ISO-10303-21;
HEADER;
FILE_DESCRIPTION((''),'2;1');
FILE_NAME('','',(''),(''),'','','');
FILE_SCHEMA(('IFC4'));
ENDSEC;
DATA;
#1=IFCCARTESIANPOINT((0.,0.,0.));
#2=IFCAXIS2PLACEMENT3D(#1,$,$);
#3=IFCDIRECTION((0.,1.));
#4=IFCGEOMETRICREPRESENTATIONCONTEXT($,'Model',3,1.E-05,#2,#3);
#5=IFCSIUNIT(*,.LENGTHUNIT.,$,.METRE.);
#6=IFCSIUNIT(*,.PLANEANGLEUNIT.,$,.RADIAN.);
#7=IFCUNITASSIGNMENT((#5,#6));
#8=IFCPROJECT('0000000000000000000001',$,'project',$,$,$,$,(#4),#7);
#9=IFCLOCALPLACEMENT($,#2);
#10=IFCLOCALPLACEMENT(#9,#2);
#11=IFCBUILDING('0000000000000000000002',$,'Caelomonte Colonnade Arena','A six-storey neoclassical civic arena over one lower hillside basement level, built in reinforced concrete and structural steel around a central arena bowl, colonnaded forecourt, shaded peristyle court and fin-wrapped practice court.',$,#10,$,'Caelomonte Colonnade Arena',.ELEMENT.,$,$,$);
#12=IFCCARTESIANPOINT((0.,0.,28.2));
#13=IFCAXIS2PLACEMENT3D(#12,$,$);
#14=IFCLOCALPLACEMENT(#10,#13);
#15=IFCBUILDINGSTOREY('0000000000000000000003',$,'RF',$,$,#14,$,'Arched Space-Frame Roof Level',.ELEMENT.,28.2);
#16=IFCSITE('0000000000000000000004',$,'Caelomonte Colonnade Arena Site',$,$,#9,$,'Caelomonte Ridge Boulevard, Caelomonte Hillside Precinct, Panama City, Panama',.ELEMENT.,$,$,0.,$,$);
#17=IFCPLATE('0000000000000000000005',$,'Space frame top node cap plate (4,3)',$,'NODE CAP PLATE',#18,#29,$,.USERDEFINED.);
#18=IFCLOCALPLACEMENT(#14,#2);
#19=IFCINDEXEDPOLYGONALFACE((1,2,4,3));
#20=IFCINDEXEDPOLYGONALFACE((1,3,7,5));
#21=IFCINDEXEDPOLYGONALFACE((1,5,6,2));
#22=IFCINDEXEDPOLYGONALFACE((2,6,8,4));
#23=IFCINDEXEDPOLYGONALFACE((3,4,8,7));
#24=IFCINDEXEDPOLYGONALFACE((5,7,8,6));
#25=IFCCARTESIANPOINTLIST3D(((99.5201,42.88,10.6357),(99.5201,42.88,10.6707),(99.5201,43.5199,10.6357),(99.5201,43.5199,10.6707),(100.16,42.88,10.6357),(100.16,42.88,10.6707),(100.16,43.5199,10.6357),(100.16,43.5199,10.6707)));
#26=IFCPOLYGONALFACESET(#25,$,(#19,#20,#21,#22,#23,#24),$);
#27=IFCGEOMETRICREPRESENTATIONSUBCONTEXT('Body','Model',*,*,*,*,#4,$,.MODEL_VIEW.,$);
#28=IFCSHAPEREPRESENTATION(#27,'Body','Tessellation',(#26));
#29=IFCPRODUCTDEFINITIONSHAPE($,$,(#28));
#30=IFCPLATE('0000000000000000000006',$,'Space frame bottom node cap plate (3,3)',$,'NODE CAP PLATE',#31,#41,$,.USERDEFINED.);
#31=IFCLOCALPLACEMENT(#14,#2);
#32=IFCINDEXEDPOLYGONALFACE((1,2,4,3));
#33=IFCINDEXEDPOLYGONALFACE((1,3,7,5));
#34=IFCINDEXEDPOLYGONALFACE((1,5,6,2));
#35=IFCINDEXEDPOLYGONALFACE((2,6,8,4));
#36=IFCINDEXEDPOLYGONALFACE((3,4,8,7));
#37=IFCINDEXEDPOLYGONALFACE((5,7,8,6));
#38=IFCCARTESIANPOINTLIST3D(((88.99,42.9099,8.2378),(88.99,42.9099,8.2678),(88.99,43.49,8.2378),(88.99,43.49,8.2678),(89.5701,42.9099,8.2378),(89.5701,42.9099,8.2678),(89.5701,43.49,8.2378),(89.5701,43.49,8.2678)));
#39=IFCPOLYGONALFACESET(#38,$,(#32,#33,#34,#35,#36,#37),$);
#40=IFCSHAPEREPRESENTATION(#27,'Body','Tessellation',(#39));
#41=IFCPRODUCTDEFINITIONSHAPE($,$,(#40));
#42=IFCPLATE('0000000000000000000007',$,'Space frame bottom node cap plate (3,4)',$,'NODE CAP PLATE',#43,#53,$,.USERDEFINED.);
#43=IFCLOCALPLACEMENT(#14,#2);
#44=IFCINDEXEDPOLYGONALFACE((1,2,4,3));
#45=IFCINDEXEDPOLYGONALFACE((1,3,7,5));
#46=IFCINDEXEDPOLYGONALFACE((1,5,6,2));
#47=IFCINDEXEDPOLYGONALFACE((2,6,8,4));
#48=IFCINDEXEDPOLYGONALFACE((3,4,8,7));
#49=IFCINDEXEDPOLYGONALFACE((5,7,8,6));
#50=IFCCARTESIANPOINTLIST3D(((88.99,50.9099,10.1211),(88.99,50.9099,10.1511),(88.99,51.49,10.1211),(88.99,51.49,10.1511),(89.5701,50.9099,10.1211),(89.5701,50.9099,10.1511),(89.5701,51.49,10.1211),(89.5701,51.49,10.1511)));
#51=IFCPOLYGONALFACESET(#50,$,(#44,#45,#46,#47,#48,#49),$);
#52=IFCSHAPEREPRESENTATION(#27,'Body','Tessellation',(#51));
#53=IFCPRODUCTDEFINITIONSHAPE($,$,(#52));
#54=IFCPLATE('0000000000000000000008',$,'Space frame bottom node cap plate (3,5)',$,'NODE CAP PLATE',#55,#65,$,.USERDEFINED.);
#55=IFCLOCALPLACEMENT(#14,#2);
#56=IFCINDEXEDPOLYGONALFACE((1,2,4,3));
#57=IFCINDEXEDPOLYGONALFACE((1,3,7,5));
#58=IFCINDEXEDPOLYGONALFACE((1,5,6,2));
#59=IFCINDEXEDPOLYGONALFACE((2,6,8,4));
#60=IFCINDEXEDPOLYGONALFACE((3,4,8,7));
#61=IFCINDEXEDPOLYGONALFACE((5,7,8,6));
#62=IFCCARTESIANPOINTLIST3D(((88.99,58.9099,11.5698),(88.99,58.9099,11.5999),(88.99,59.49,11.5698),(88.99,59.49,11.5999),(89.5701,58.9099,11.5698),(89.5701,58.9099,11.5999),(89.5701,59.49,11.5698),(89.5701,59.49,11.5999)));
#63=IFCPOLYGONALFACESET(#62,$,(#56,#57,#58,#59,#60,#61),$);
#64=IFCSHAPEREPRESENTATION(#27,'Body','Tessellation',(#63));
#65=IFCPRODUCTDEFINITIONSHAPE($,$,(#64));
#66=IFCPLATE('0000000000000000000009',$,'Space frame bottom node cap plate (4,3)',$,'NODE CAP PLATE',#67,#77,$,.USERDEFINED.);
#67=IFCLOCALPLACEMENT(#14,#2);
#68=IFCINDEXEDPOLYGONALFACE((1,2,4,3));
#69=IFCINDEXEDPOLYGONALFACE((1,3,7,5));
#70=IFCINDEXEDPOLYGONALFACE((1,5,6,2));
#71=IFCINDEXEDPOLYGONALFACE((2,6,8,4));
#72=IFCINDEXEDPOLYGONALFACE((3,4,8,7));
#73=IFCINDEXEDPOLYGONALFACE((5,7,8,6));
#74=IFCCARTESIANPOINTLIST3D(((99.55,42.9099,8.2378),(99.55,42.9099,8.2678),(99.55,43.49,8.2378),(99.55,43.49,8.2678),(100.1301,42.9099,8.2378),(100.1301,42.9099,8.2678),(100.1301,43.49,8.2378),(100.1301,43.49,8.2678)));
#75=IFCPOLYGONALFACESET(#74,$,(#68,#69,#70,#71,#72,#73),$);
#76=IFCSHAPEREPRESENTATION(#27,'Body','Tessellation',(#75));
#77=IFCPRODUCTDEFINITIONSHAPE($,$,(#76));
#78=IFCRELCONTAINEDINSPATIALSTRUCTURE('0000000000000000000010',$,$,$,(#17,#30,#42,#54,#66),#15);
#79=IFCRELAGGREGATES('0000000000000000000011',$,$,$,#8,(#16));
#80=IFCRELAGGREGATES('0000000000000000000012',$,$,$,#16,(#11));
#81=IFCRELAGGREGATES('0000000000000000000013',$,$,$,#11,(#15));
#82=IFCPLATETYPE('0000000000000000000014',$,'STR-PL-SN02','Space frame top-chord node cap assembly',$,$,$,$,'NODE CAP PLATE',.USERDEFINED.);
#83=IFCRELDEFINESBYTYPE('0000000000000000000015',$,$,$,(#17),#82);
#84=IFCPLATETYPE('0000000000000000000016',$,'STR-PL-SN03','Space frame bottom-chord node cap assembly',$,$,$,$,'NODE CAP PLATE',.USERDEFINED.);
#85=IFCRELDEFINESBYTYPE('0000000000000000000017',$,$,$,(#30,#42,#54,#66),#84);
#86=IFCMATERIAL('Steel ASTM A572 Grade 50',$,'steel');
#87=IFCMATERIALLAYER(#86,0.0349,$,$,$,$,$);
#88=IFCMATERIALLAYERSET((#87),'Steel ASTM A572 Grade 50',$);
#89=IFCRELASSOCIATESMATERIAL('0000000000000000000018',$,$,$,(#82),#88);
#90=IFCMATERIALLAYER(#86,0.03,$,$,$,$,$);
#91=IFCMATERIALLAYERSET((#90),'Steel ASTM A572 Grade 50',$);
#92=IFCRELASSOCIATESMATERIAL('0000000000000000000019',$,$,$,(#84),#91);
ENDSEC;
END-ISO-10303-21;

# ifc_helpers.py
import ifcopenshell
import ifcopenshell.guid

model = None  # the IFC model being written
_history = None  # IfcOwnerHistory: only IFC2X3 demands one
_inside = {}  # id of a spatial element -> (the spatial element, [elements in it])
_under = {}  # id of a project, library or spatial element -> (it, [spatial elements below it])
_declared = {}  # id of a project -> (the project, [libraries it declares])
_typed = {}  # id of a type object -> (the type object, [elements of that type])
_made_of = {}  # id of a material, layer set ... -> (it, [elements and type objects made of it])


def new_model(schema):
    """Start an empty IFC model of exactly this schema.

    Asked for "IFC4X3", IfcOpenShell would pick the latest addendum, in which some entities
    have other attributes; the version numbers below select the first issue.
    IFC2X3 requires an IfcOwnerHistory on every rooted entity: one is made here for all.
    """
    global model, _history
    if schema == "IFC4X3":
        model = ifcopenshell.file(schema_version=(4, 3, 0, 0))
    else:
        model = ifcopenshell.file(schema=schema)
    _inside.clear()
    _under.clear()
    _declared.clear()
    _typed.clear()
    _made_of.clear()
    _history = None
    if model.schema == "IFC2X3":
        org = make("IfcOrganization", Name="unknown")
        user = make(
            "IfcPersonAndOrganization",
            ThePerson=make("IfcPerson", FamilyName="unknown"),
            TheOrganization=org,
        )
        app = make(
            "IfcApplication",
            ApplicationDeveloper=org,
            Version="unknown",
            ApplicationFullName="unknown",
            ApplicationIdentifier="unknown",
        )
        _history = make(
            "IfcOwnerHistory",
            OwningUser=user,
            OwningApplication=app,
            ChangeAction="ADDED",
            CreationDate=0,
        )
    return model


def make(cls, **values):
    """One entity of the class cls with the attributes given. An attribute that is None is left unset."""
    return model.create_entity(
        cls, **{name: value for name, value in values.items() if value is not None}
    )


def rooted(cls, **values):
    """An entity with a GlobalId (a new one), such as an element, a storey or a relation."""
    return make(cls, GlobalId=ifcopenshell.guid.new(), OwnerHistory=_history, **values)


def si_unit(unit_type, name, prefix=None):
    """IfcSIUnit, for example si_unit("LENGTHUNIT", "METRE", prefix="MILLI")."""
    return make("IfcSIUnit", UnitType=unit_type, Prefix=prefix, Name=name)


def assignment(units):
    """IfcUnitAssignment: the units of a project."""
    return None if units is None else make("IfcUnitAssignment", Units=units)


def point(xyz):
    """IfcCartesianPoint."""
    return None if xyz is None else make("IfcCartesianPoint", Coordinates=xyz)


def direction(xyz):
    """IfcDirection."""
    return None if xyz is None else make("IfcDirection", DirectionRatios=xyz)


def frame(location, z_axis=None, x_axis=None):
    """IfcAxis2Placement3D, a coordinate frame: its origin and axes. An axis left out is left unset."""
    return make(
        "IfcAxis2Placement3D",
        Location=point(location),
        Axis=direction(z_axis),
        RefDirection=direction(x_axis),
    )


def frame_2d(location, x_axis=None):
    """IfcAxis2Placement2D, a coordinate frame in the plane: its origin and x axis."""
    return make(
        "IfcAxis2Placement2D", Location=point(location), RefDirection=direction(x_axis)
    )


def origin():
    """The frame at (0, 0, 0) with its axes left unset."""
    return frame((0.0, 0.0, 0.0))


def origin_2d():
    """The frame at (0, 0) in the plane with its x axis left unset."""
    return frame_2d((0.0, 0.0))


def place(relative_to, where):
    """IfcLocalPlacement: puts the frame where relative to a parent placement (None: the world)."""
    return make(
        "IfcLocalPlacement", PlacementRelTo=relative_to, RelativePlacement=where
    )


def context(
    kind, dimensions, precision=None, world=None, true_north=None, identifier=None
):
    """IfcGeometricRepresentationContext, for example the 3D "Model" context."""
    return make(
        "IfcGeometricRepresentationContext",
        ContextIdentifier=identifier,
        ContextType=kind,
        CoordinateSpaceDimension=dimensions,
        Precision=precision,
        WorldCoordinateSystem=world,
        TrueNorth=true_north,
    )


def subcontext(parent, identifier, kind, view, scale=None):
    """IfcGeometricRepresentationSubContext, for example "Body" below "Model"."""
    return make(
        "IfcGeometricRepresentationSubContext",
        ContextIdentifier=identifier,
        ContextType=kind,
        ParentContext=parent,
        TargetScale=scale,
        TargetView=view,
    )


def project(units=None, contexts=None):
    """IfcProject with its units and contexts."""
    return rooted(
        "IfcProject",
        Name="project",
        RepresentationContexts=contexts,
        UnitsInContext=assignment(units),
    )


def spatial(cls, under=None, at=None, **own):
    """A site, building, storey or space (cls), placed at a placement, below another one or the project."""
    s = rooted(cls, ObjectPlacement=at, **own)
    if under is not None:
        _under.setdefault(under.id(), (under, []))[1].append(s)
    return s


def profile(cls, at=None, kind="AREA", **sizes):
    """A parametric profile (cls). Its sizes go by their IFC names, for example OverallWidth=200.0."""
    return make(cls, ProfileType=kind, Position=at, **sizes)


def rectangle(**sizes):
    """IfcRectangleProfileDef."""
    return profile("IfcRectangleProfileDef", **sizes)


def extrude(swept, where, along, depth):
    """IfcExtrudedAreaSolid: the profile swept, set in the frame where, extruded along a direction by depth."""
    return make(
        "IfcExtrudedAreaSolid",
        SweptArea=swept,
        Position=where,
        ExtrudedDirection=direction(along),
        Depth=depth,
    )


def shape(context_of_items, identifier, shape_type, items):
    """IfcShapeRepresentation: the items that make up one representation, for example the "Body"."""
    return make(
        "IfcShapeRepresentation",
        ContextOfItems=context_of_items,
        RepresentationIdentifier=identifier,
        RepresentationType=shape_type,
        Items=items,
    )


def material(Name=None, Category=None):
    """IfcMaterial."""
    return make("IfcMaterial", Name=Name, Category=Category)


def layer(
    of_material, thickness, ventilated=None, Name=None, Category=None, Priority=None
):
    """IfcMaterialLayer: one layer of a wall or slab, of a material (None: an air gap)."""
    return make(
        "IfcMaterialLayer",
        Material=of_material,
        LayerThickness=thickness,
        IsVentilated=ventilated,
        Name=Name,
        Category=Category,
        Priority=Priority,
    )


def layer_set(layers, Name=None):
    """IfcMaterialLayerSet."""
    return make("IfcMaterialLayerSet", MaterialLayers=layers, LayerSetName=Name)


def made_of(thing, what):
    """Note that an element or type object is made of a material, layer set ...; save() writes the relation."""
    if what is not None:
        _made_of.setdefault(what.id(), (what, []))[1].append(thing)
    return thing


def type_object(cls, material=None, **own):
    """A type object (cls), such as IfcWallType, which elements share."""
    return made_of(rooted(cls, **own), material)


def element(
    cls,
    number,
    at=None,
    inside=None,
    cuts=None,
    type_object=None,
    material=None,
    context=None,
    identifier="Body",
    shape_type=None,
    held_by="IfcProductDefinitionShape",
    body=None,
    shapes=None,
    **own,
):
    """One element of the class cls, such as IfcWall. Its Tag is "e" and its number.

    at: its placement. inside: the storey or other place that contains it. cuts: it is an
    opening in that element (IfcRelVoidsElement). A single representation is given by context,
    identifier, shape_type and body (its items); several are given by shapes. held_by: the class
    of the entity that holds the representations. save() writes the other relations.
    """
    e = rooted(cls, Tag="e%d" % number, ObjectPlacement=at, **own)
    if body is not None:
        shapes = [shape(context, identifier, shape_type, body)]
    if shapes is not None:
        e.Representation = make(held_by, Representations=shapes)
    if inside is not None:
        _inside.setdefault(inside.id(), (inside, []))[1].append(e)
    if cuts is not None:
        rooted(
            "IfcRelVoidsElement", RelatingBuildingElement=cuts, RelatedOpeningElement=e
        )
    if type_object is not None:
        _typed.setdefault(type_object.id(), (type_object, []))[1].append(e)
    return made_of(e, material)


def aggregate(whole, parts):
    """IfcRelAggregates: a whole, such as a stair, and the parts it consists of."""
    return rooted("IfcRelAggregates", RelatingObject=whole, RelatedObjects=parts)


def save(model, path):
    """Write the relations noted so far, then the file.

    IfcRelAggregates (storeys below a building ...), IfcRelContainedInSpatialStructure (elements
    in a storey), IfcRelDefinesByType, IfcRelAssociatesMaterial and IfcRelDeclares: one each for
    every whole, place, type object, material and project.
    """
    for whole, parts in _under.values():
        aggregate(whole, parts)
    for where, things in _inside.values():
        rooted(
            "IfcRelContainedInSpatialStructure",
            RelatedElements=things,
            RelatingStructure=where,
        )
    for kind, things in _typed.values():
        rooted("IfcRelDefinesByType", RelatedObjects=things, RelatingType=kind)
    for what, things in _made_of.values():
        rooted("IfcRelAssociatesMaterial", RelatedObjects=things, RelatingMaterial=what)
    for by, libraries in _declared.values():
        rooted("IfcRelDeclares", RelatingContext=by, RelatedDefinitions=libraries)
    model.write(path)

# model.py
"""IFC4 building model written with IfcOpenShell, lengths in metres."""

from ifc_helpers import new_model, si_unit, direction, frame, origin, origin_2d, place, context, subcontext, project, spatial, rectangle, extrude, material, layer, layer_set, type_object, element, save


model = new_model("IFC4")

# Units and contexts
model_context = context("Model", 3, precision=1e-05, world=origin(), true_north=direction((0.0, 1.0)))
body_context = subcontext(model_context, "Body", "Model", "MODEL_VIEW")
ifc_project = project(units=[si_unit("LENGTHUNIT", "METRE"), si_unit("PLANEANGLEUNIT", "RADIAN")], contexts=[model_context])

# Site, building, storey
site_placement = place(None, origin())
site = spatial("IfcSite", under=ifc_project, at=site_placement, Name="Caelomonte Colonnade Arena Site", LongName="Caelomonte Ridge Boulevard, Caelomonte Hillside Precinct, Panama City, Panama", CompositionType="ELEMENT", RefElevation=0.0)
building_placement = place(site_placement, origin())
building = spatial("IfcBuilding", under=site, at=building_placement, Name="Caelomonte Colonnade Arena", Description="A six-storey neoclassical civic arena over one lower hillside basement level, built in reinforced concrete and structural steel around a central arena bowl, colonnaded forecourt, shaded peristyle court and fin-wrapped practice court.", LongName="Caelomonte Colonnade Arena", CompositionType="ELEMENT")
storey_placement = place(building_placement, frame((0.0, 0.0, 28.2)))
storey = spatial("IfcBuildingStorey", under=building, at=storey_placement, Name="RF", LongName="Arched Space-Frame Roof Level", CompositionType="ELEMENT", Elevation=28.2)

# Plates
ifc_material_1 = material(Name="Steel ASTM A572 Grade 50", Category="steel")
ifc_layer_1 = layer(ifc_material_1, 0.0349)
ifc_layer_set_1 = layer_set([ifc_layer_1], Name="Steel ASTM A572 Grade 50")
plate_type_1 = type_object("IfcPlateType", Name="STR-PL-SN02", Description="Space frame top-chord node cap assembly", ElementType="NODE CAP PLATE", PredefinedType="USERDEFINED", material=ifc_layer_set_1)
for number, where, z_axis, x_axis, name in (
    (1, (99.8401, 43.2, 10.6357), (0.0, 0.0, 1.0), (1.0, 0.0, 0.0), "Space frame top node cap plate (4,3)"),
):
    element("IfcPlate", number, at=place(storey_placement, frame(where, z_axis=z_axis, x_axis=x_axis)), inside=storey, type_object=plate_type_1, Name=name, ObjectType="NODE CAP PLATE", PredefinedType="USERDEFINED", context=body_context, shape_type="SweptSolid", body=[
        extrude(rectangle(XDim=0.6399, YDim=0.6399, at=origin_2d()), origin(), (0.0, 0.0, 1.0), 0.0349),
    ])
ifc_layer_2 = layer(ifc_material_1, 0.03)
ifc_layer_set_2 = layer_set([ifc_layer_2], Name="Steel ASTM A572 Grade 50")
plate_type_2 = type_object("IfcPlateType", Name="STR-PL-SN03", Description="Space frame bottom-chord node cap assembly", ElementType="NODE CAP PLATE", PredefinedType="USERDEFINED", material=ifc_layer_set_2)
for number, where, z_axis, x_axis, name in (
    (2, (89.28, 43.2, 8.2378), (0.0, 0.0, 1.0), (1.0, 0.0, 0.0), "Space frame bottom node cap plate (3,3)"),
    (3, (89.28, 51.2, 10.1211), (0.0, 0.0, 1.0), (1.0, 0.0, 0.0), "Space frame bottom node cap plate (3,4)"),
    (4, (89.28, 59.2, 11.5698), (0.0, 0.0, 1.0), (1.0, 0.0, 0.0), "Space frame bottom node cap plate (3,5)"),
    (5, (99.8401, 43.2, 8.2378), (0.0, 0.0, 1.0), (1.0, 0.0, 0.0), "Space frame bottom node cap plate (4,3)"),
):
    element("IfcPlate", number, at=place(storey_placement, frame(where, z_axis=z_axis, x_axis=x_axis)), inside=storey, type_object=plate_type_2, Name=name, ObjectType="NODE CAP PLATE", PredefinedType="USERDEFINED", context=body_context, shape_type="SweptSolid", body=[
        extrude(rectangle(XDim=0.5801, YDim=0.5801, at=origin_2d()), origin(), (0.0, 0.0, 1.0), 0.03),
    ])

save(model, "model.ifc")
